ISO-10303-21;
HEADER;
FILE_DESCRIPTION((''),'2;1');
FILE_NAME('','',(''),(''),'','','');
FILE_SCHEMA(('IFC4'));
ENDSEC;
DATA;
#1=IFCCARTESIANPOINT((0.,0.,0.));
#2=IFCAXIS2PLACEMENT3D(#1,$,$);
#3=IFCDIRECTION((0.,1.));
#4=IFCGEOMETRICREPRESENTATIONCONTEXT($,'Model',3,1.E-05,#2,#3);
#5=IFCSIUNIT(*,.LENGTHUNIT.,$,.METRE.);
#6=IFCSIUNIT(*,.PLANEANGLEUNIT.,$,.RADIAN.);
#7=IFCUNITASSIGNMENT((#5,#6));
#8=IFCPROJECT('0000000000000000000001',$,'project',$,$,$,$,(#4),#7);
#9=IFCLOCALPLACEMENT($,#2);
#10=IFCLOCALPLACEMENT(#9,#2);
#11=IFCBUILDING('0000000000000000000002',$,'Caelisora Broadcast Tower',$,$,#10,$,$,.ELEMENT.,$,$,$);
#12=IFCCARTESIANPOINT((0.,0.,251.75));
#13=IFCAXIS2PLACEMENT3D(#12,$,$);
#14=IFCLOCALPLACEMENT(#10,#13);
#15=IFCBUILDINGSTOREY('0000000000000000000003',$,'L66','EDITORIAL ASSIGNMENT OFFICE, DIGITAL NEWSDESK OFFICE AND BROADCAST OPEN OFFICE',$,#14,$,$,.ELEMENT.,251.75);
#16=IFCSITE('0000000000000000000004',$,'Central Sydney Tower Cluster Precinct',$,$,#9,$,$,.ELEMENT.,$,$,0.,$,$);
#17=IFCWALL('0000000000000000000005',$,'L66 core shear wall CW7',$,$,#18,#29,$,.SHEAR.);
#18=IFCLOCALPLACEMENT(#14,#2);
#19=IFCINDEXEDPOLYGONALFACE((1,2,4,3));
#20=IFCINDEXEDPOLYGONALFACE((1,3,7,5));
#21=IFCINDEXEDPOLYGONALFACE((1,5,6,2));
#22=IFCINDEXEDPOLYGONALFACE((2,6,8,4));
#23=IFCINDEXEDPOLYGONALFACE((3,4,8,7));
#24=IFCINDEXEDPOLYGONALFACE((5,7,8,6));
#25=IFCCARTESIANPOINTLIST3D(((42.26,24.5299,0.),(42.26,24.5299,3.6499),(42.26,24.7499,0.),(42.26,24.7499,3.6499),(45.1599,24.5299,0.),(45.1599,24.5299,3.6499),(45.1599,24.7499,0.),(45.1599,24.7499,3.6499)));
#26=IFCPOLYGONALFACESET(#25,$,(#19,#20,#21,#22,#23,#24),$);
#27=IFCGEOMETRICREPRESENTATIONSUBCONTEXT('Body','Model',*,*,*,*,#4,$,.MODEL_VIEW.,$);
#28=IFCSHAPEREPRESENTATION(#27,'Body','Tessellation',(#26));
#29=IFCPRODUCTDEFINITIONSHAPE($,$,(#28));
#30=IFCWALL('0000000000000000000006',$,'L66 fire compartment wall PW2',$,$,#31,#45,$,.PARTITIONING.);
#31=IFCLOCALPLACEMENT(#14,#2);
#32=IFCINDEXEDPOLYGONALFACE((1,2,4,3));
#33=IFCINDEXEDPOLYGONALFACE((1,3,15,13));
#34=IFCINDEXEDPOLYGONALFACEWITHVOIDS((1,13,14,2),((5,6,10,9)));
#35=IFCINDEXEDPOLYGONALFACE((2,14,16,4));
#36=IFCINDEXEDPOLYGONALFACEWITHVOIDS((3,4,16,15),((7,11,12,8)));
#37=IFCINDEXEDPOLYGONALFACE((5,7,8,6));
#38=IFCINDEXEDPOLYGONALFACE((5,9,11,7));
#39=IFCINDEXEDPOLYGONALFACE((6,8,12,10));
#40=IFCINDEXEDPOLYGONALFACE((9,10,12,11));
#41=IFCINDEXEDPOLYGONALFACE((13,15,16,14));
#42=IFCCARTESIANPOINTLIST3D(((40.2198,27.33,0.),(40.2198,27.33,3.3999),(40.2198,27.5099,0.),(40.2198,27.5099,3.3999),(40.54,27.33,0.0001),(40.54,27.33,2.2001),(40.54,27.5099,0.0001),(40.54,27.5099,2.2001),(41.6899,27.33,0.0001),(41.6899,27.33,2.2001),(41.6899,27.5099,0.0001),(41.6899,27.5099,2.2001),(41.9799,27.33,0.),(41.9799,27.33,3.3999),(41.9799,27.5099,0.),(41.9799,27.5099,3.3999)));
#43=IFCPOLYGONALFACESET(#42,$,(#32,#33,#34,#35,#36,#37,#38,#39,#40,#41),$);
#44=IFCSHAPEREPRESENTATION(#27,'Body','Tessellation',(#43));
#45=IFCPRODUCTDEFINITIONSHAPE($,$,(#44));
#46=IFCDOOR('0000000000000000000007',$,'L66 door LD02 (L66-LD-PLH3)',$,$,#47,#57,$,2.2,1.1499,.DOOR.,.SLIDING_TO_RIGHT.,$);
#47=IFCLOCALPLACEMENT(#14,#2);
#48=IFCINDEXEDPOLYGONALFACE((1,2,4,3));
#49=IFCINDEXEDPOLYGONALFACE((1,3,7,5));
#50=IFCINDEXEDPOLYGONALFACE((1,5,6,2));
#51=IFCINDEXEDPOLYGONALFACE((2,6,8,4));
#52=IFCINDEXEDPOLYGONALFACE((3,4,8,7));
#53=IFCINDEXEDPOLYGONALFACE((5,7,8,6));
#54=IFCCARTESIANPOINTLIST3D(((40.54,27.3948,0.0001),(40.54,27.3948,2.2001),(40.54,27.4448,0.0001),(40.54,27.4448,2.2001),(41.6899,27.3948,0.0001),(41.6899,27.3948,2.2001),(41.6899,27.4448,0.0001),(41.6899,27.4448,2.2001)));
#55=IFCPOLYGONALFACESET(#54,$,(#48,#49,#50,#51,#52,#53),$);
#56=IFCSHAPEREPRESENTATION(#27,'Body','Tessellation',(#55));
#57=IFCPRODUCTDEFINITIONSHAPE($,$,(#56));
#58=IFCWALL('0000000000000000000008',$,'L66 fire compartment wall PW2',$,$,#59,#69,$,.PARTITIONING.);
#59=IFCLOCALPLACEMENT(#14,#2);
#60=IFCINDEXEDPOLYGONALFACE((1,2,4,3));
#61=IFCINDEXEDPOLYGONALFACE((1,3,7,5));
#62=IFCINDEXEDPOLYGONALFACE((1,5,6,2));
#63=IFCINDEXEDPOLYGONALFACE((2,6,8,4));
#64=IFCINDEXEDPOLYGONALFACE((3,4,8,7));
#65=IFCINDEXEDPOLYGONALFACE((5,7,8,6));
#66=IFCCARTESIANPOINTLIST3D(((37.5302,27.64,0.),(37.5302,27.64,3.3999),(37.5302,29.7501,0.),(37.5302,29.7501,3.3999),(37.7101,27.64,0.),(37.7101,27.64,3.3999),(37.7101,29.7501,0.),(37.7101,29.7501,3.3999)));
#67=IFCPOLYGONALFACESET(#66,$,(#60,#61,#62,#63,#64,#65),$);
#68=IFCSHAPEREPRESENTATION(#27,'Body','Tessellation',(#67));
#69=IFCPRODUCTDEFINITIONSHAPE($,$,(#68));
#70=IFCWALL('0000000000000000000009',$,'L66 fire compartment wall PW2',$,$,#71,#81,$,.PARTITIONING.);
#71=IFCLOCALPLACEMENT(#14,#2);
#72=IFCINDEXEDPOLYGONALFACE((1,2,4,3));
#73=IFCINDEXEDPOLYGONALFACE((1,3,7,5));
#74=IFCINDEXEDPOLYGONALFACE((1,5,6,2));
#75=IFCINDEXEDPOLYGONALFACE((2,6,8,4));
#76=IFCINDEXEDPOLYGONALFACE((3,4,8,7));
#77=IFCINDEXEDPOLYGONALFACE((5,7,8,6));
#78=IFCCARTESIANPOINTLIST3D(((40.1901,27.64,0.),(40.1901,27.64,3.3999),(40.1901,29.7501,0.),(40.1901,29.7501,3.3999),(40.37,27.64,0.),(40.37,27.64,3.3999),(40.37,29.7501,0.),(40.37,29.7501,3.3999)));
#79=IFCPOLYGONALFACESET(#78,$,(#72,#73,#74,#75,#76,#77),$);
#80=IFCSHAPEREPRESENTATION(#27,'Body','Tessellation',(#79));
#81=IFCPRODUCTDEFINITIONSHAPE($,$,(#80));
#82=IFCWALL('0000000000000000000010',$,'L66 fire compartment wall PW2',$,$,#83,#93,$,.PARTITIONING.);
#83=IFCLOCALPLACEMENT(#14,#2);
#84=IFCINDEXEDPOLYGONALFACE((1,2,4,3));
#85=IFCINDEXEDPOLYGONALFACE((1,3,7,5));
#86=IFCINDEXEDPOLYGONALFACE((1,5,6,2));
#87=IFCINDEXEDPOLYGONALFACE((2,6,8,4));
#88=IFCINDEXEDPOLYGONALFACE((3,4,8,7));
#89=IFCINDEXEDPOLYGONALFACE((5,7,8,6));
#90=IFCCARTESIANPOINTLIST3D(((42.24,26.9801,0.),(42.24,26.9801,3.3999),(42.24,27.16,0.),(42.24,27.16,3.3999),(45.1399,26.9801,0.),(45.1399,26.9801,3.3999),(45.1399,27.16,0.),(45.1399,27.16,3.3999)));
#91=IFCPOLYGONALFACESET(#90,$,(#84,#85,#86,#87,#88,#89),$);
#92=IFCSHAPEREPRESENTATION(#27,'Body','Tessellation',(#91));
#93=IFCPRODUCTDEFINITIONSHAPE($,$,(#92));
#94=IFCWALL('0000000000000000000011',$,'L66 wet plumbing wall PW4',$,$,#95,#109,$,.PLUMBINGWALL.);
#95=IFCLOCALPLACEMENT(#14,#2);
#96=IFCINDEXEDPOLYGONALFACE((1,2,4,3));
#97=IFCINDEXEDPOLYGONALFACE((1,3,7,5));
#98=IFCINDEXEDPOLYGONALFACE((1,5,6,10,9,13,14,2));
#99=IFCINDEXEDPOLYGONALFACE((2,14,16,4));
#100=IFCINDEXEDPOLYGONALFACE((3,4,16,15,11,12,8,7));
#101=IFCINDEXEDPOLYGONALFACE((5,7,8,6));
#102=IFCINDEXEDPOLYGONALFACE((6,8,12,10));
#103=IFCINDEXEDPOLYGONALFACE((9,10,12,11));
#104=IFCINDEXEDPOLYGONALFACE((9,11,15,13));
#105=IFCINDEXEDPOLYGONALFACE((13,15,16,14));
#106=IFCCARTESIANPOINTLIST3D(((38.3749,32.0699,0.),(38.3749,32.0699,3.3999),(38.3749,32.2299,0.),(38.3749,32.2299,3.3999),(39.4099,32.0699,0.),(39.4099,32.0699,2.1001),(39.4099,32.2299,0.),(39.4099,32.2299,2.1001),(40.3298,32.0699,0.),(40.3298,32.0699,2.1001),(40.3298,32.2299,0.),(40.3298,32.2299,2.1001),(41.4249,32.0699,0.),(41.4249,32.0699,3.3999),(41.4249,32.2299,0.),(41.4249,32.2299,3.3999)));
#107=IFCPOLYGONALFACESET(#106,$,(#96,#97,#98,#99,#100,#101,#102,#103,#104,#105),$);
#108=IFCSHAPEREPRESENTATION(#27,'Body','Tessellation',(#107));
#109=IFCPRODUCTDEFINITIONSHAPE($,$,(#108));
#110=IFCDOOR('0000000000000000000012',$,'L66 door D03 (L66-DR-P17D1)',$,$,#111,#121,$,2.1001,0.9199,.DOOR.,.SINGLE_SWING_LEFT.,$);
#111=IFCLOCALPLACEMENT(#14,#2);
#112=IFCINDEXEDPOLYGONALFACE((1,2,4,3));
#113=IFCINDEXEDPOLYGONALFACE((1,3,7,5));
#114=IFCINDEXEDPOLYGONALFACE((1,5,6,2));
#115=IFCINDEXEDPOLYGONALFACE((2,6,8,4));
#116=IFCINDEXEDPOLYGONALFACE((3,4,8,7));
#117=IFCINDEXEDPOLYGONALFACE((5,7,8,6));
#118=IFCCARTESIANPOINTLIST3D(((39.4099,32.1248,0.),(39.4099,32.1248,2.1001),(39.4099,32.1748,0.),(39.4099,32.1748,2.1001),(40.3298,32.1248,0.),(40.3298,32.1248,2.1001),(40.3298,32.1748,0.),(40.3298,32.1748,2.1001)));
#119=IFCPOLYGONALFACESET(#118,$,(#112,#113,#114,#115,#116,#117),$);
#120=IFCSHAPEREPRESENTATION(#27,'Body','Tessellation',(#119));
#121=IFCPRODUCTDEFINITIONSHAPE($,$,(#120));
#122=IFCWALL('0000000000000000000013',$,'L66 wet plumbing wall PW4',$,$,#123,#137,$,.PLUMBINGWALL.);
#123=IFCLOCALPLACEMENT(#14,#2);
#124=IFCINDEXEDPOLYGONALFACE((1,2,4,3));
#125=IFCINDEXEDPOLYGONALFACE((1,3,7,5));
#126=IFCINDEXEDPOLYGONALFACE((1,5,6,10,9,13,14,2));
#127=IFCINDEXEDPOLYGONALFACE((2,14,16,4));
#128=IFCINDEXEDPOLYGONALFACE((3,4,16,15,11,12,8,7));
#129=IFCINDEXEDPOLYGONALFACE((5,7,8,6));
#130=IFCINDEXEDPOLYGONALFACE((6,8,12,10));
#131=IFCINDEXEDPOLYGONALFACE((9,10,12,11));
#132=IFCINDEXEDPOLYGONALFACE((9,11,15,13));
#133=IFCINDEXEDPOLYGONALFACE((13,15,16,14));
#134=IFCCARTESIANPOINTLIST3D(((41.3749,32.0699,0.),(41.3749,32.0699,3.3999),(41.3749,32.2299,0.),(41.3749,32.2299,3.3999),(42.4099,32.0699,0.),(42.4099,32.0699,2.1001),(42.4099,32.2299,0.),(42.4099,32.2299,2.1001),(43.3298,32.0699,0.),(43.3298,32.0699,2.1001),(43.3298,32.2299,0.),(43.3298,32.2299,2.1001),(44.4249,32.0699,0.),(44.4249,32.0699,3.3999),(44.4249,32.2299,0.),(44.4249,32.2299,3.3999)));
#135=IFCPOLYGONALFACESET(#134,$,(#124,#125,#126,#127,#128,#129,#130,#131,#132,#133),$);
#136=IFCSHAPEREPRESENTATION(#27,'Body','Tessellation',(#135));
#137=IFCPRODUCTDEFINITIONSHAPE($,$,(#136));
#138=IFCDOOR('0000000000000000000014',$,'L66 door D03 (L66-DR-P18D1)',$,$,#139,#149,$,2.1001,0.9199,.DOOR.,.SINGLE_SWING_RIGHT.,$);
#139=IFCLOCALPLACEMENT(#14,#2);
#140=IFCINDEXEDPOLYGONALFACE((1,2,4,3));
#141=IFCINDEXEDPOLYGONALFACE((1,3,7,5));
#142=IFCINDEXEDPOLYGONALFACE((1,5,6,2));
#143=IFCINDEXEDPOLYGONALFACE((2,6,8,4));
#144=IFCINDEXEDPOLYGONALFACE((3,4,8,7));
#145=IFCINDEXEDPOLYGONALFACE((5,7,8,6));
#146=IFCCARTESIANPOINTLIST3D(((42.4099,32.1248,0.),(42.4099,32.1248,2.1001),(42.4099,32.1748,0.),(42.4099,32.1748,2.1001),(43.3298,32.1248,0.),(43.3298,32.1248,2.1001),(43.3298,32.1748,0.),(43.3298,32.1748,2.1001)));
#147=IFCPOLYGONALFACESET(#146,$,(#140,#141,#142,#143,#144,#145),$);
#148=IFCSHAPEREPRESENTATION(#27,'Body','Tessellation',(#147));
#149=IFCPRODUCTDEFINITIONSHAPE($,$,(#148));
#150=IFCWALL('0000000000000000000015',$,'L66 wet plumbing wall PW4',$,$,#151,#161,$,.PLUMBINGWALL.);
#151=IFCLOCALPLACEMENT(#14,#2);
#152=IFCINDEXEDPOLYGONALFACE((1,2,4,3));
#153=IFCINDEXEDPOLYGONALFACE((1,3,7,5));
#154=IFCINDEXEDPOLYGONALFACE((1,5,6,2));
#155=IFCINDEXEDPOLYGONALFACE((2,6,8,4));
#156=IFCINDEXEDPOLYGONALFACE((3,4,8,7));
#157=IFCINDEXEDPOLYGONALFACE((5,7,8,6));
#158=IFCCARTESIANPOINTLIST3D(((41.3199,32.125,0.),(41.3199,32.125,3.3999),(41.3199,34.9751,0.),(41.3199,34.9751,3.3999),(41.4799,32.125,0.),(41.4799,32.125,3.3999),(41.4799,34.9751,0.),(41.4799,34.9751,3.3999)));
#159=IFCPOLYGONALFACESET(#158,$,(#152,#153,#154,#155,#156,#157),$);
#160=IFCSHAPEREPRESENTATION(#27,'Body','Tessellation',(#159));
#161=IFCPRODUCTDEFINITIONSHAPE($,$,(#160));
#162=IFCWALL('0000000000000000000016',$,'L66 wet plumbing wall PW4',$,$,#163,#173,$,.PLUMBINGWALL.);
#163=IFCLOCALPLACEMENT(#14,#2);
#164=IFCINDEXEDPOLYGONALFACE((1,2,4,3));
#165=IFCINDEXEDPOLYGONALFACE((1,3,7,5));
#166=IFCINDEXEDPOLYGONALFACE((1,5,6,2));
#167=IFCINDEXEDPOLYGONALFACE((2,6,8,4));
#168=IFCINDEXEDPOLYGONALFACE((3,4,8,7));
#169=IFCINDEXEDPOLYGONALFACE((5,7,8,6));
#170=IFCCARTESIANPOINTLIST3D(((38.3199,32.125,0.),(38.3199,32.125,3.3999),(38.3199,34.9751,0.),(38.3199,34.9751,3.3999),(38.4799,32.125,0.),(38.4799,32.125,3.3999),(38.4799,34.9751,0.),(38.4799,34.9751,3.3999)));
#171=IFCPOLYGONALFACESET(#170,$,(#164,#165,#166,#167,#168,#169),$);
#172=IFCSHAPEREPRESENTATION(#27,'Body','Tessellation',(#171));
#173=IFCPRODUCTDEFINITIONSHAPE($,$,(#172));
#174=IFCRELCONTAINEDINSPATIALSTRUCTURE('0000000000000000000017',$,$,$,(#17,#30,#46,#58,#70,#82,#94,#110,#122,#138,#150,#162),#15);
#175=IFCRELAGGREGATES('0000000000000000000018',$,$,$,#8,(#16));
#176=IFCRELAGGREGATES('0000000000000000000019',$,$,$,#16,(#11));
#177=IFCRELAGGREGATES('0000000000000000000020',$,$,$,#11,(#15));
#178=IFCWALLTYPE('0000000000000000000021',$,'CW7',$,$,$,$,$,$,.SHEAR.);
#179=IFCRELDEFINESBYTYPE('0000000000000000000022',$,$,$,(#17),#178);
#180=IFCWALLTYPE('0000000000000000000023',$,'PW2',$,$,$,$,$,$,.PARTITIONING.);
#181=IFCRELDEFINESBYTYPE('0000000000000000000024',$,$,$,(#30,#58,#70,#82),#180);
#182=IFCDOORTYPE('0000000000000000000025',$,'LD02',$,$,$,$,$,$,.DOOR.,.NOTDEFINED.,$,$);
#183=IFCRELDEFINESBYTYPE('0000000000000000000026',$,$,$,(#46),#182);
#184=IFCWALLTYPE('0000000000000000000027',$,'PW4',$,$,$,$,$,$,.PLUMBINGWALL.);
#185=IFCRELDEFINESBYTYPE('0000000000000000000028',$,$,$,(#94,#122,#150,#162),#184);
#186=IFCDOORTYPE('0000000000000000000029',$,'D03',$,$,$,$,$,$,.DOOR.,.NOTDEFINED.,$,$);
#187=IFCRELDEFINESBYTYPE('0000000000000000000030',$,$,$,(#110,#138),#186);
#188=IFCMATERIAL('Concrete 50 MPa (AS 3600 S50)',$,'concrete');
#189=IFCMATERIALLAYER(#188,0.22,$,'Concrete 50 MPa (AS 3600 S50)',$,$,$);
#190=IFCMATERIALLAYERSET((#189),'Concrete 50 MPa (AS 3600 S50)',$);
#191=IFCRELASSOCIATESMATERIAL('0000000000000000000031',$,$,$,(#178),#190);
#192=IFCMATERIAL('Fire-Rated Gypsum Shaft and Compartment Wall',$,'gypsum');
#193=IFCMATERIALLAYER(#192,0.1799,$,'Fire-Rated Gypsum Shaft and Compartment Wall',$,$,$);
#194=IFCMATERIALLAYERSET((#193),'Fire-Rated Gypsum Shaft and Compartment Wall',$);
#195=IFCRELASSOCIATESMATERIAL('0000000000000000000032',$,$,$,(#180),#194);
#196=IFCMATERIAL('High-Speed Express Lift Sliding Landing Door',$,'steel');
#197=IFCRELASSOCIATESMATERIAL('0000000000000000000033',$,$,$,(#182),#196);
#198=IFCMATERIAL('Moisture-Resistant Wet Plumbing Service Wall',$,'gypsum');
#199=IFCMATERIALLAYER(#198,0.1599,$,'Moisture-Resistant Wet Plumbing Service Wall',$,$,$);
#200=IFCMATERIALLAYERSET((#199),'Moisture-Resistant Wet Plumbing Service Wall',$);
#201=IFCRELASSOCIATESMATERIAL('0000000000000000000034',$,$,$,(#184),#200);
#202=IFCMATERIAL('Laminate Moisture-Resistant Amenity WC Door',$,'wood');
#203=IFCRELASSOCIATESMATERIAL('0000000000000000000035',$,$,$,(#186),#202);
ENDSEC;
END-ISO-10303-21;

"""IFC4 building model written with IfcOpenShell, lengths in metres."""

from ifc_helpers import new_model, si_unit, direction, frame, frame_2d, origin, place, context, subcontext, project, spatial, rectangle, extrude, material, layer, layer_set, type_object, element, fill, save


model = new_model("IFC4")

# Units and contexts
model_context = context("Model", 3, precision=1e-05, world=origin(), true_north=direction((0.0, 1.0)))
body_context = subcontext(model_context, "Body", "Model", "MODEL_VIEW")
ifc_project = project(units=[si_unit("LENGTHUNIT", "METRE"), si_unit("PLANEANGLEUNIT", "RADIAN")], contexts=[model_context])

# Site, building, storey
site_placement = place(None, origin())
site = spatial("IfcSite", under=ifc_project, at=site_placement, Name="Central Sydney Tower Cluster Precinct", CompositionType="ELEMENT", RefElevation=0.0)
building_placement = place(site_placement, origin())
building = spatial("IfcBuilding", under=site, at=building_placement, Name="Caelisora Broadcast Tower", CompositionType="ELEMENT")
storey_placement = place(building_placement, frame((0.0, 0.0, 251.75)))
storey = spatial("IfcBuildingStorey", under=building, at=storey_placement, Name="L66", Description="EDITORIAL ASSIGNMENT OFFICE, DIGITAL NEWSDESK OFFICE AND BROADCAST OPEN OFFICE", CompositionType="ELEMENT", Elevation=251.75)

# Shared definitions
ifc_material_1 = material(Name="Concrete 50 MPa (AS 3600 S50)", Category="concrete")

# Wall
ifc_layer_1 = layer(ifc_material_1, 0.22, Name="Concrete 50 MPa (AS 3600 S50)")
ifc_layer_set_1 = layer_set([ifc_layer_1], Name="Concrete 50 MPa (AS 3600 S50)")
wall_type_1 = type_object("IfcWallType", Name="CW7", PredefinedType="SHEAR", material=ifc_layer_set_1)
wall_1_placement = place(storey_placement, frame((42.26, 24.6399, 0.0), z_axis=(0.0, 0.0, 1.0), x_axis=(1.0, 0.0, 0.0)))
element("IfcWall", 1, at=wall_1_placement, inside=storey, type_object=wall_type_1, Name="L66 core shear wall CW7", PredefinedType="SHEAR", context=body_context, shape_type="SweptSolid", body=[
    extrude(rectangle(XDim=2.8999, YDim=0.22, at=frame_2d((1.45, 0.0))), origin(), (0.0, 0.0, 1.0), 3.6499),
])

# Wall, opening, door
ifc_material_2 = material(Name="Fire-Rated Gypsum Shaft and Compartment Wall", Category="gypsum")
ifc_layer_2 = layer(ifc_material_2, 0.1799, Name="Fire-Rated Gypsum Shaft and Compartment Wall")
ifc_layer_set_2 = layer_set([ifc_layer_2], Name="Fire-Rated Gypsum Shaft and Compartment Wall")
wall_type_2 = type_object("IfcWallType", Name="PW2", PredefinedType="PARTITIONING", material=ifc_layer_set_2)
wall_2_placement = place(storey_placement, frame((40.22, 27.4199, 0.0), z_axis=(0.0, 0.0, 1.0), x_axis=(1.0, 0.0, 0.0)))
wall_2 = element("IfcWall", 2, at=wall_2_placement, inside=storey, type_object=wall_type_2, Name="L66 fire compartment wall PW2", PredefinedType="PARTITIONING", context=body_context, shape_type="SweptSolid", body=[
    extrude(rectangle(XDim=1.76, YDim=0.1799, at=frame_2d((0.8799, 0.0))), origin(), (0.0, 0.0, 1.0), 3.3999),
])
opening_1_placement = place(wall_2_placement, frame((0.3201, 0.0, 0.0)))
opening_1 = element("IfcOpeningElement", 3, at=opening_1_placement, cuts=wall_2, PredefinedType="OPENING", context=body_context, shape_type="SweptSolid", body=[
    extrude(rectangle(XDim=1.1499, YDim=2.2, at=frame_2d((0.575, 1.1001))), frame((0.0, 0.1021, 0.0), z_axis=(0.0, -1.0, 0.0), x_axis=(1.0, 0.0, 0.0)), (0.0, 0.0, 1.0), 0.2039),
])
ifc_material_3 = material(Name="High-Speed Express Lift Sliding Landing Door", Category="steel")
door_type_1 = type_object("IfcDoorType", Name="LD02", OperationType="NOTDEFINED", PredefinedType="DOOR", material=ifc_material_3)
door_1_placement = place(opening_1_placement, origin())
door_1 = element("IfcDoor", 4, at=door_1_placement, inside=storey, type_object=door_type_1, Name="L66 door LD02 (L66-LD-PLH3)", OperationType="SLIDING_TO_RIGHT", OverallHeight=2.2, OverallWidth=1.1499, PredefinedType="DOOR", context=body_context, shape_type="SweptSolid", body=[
    extrude(rectangle(XDim=1.1499, YDim=2.2, at=frame_2d((0.575, 1.1001))), frame((0.0, 0.0249, 0.0), z_axis=(0.0, -1.0, 0.0), x_axis=(1.0, 0.0, 0.0)), (0.0, 0.0, 1.0), 0.05),
])
fill(opening_1, door_1)

# Walls
for number, where, z_axis, x_axis, name in (
    (5, (37.6201, 27.6399, 0.0), (0.0, 0.0, 1.0), (0.0, 1.0, 0.0), "L66 fire compartment wall PW2"),
    (6, (40.28, 27.6399, 0.0), (0.0, 0.0, 1.0), (0.0, 1.0, 0.0), "L66 fire compartment wall PW2"),
):
    element("IfcWall", number, at=place(storey_placement, frame(where, z_axis=z_axis, x_axis=x_axis)), inside=storey, type_object=wall_type_2, Name=name, PredefinedType="PARTITIONING", context=body_context, shape_type="SweptSolid", body=[
        extrude(rectangle(XDim=2.1101, YDim=0.1799, at=frame_2d((1.0552, 0.0))), origin(), (0.0, 0.0, 1.0), 3.3999),
    ])
wall_3_placement = place(storey_placement, frame((42.24, 27.0701, 0.0), z_axis=(0.0, 0.0, 1.0), x_axis=(1.0, 0.0, 0.0)))
element("IfcWall", 7, at=wall_3_placement, inside=storey, type_object=wall_type_2, Name="L66 fire compartment wall PW2", PredefinedType="PARTITIONING", context=body_context, shape_type="SweptSolid", body=[
    extrude(rectangle(XDim=2.8999, YDim=0.1799, at=frame_2d((1.45, 0.0))), origin(), (0.0, 0.0, 1.0), 3.3999),
])

# Walls, openings, doors
ifc_material_4 = material(Name="Moisture-Resistant Wet Plumbing Service Wall", Category="gypsum")
ifc_layer_3 = layer(ifc_material_4, 0.1599, Name="Moisture-Resistant Wet Plumbing Service Wall")
ifc_layer_set_3 = layer_set([ifc_layer_3], Name="Moisture-Resistant Wet Plumbing Service Wall")
wall_type_3 = type_object("IfcWallType", Name="PW4", PredefinedType="PLUMBINGWALL", material=ifc_layer_set_3)
wall_4_placement = place(storey_placement, frame((38.375, 32.1499, 0.0), z_axis=(0.0, 0.0, 1.0), x_axis=(1.0, 0.0, 0.0)))
wall_4 = element("IfcWall", 8, at=wall_4_placement, inside=storey, type_object=wall_type_3, Name="L66 wet plumbing wall PW4", PredefinedType="PLUMBINGWALL", context=body_context, shape_type="SweptSolid", body=[
    extrude(rectangle(XDim=3.05, YDim=0.1599, at=frame_2d((1.5249, 0.0))), origin(), (0.0, 0.0, 1.0), 3.3999),
])
opening_2_placement = place(wall_4_placement, frame((1.0349, 0.0, 0.0)))
opening_2 = element("IfcOpeningElement", 9, at=opening_2_placement, cuts=wall_4, PredefinedType="OPENING", context=body_context, shape_type="SweptSolid", body=[
    extrude(rectangle(XDim=0.9199, YDim=2.1001, at=frame_2d((0.46, 1.05))), frame((0.0, 0.092, 0.0), z_axis=(0.0, -1.0, 0.0), x_axis=(1.0, 0.0, 0.0)), (0.0, 0.0, 1.0), 0.1838),
])
ifc_material_5 = material(Name="Laminate Moisture-Resistant Amenity WC Door", Category="wood")
door_type_2 = type_object("IfcDoorType", Name="D03", OperationType="NOTDEFINED", PredefinedType="DOOR", material=ifc_material_5)
door_2_placement = place(opening_2_placement, origin())
door_2 = element("IfcDoor", 10, at=door_2_placement, inside=storey, type_object=door_type_2, Name="L66 door D03 (L66-DR-P17D1)", OperationType="SINGLE_SWING_LEFT", OverallHeight=2.1001, OverallWidth=0.9199, PredefinedType="DOOR", context=body_context, shape_type="SweptSolid", body=[
    extrude(rectangle(XDim=0.9199, YDim=2.1001, at=frame_2d((0.46, 1.05))), frame((0.0, 0.0249, 0.0), z_axis=(0.0, -1.0, 0.0), x_axis=(1.0, 0.0, 0.0)), (0.0, 0.0, 1.0), 0.05),
])
fill(opening_2, door_2)
wall_5_placement = place(storey_placement, frame((41.375, 32.1499, 0.0), z_axis=(0.0, 0.0, 1.0), x_axis=(1.0, 0.0, 0.0)))
wall_5 = element("IfcWall", 11, at=wall_5_placement, inside=storey, type_object=wall_type_3, Name="L66 wet plumbing wall PW4", PredefinedType="PLUMBINGWALL", context=body_context, shape_type="SweptSolid", body=[
    extrude(rectangle(XDim=3.05, YDim=0.1599, at=frame_2d((1.5249, 0.0))), origin(), (0.0, 0.0, 1.0), 3.3999),
])
opening_3_placement = place(wall_5_placement, frame((1.0349, 0.0, 0.0)))
opening_3 = element("IfcOpeningElement", 12, at=opening_3_placement, cuts=wall_5, PredefinedType="OPENING", context=body_context, shape_type="SweptSolid", body=[
    extrude(rectangle(XDim=0.9199, YDim=2.1001, at=frame_2d((0.46, 1.05))), frame((0.0, 0.092, 0.0), z_axis=(0.0, -1.0, 0.0), x_axis=(1.0, 0.0, 0.0)), (0.0, 0.0, 1.0), 0.1838),
])
door_3_placement = place(opening_3_placement, origin())
door_3 = element("IfcDoor", 13, at=door_3_placement, inside=storey, type_object=door_type_2, Name="L66 door D03 (L66-DR-P18D1)", OperationType="SINGLE_SWING_RIGHT", OverallHeight=2.1001, OverallWidth=0.9199, PredefinedType="DOOR", context=body_context, shape_type="SweptSolid", body=[
    extrude(rectangle(XDim=0.9199, YDim=2.1001, at=frame_2d((0.46, 1.05))), frame((0.0, 0.0249, 0.0), z_axis=(0.0, -1.0, 0.0), x_axis=(1.0, 0.0, 0.0)), (0.0, 0.0, 1.0), 0.05),
])
fill(opening_3, door_3)

# Walls
for number, where, z_axis, x_axis, name in (
    (14, (41.3999, 32.125, 0.0), (0.0, 0.0, 1.0), (0.0, 1.0, 0.0), "L66 wet plumbing wall PW4"),
    (15, (38.3999, 32.125, 0.0), (0.0, 0.0, 1.0), (0.0, 1.0, 0.0), "L66 wet plumbing wall PW4"),
):
    element("IfcWall", number, at=place(storey_placement, frame(where, z_axis=z_axis, x_axis=x_axis)), inside=storey, type_object=wall_type_3, Name=name, PredefinedType="PLUMBINGWALL", context=body_context, shape_type="SweptSolid", body=[
        extrude(rectangle(XDim=2.8501, YDim=0.1599, at=frame_2d((1.425, 0.0))), origin(), (0.0, 0.0, 1.0), 3.3999),
    ])

save(model, "model.ifc")
